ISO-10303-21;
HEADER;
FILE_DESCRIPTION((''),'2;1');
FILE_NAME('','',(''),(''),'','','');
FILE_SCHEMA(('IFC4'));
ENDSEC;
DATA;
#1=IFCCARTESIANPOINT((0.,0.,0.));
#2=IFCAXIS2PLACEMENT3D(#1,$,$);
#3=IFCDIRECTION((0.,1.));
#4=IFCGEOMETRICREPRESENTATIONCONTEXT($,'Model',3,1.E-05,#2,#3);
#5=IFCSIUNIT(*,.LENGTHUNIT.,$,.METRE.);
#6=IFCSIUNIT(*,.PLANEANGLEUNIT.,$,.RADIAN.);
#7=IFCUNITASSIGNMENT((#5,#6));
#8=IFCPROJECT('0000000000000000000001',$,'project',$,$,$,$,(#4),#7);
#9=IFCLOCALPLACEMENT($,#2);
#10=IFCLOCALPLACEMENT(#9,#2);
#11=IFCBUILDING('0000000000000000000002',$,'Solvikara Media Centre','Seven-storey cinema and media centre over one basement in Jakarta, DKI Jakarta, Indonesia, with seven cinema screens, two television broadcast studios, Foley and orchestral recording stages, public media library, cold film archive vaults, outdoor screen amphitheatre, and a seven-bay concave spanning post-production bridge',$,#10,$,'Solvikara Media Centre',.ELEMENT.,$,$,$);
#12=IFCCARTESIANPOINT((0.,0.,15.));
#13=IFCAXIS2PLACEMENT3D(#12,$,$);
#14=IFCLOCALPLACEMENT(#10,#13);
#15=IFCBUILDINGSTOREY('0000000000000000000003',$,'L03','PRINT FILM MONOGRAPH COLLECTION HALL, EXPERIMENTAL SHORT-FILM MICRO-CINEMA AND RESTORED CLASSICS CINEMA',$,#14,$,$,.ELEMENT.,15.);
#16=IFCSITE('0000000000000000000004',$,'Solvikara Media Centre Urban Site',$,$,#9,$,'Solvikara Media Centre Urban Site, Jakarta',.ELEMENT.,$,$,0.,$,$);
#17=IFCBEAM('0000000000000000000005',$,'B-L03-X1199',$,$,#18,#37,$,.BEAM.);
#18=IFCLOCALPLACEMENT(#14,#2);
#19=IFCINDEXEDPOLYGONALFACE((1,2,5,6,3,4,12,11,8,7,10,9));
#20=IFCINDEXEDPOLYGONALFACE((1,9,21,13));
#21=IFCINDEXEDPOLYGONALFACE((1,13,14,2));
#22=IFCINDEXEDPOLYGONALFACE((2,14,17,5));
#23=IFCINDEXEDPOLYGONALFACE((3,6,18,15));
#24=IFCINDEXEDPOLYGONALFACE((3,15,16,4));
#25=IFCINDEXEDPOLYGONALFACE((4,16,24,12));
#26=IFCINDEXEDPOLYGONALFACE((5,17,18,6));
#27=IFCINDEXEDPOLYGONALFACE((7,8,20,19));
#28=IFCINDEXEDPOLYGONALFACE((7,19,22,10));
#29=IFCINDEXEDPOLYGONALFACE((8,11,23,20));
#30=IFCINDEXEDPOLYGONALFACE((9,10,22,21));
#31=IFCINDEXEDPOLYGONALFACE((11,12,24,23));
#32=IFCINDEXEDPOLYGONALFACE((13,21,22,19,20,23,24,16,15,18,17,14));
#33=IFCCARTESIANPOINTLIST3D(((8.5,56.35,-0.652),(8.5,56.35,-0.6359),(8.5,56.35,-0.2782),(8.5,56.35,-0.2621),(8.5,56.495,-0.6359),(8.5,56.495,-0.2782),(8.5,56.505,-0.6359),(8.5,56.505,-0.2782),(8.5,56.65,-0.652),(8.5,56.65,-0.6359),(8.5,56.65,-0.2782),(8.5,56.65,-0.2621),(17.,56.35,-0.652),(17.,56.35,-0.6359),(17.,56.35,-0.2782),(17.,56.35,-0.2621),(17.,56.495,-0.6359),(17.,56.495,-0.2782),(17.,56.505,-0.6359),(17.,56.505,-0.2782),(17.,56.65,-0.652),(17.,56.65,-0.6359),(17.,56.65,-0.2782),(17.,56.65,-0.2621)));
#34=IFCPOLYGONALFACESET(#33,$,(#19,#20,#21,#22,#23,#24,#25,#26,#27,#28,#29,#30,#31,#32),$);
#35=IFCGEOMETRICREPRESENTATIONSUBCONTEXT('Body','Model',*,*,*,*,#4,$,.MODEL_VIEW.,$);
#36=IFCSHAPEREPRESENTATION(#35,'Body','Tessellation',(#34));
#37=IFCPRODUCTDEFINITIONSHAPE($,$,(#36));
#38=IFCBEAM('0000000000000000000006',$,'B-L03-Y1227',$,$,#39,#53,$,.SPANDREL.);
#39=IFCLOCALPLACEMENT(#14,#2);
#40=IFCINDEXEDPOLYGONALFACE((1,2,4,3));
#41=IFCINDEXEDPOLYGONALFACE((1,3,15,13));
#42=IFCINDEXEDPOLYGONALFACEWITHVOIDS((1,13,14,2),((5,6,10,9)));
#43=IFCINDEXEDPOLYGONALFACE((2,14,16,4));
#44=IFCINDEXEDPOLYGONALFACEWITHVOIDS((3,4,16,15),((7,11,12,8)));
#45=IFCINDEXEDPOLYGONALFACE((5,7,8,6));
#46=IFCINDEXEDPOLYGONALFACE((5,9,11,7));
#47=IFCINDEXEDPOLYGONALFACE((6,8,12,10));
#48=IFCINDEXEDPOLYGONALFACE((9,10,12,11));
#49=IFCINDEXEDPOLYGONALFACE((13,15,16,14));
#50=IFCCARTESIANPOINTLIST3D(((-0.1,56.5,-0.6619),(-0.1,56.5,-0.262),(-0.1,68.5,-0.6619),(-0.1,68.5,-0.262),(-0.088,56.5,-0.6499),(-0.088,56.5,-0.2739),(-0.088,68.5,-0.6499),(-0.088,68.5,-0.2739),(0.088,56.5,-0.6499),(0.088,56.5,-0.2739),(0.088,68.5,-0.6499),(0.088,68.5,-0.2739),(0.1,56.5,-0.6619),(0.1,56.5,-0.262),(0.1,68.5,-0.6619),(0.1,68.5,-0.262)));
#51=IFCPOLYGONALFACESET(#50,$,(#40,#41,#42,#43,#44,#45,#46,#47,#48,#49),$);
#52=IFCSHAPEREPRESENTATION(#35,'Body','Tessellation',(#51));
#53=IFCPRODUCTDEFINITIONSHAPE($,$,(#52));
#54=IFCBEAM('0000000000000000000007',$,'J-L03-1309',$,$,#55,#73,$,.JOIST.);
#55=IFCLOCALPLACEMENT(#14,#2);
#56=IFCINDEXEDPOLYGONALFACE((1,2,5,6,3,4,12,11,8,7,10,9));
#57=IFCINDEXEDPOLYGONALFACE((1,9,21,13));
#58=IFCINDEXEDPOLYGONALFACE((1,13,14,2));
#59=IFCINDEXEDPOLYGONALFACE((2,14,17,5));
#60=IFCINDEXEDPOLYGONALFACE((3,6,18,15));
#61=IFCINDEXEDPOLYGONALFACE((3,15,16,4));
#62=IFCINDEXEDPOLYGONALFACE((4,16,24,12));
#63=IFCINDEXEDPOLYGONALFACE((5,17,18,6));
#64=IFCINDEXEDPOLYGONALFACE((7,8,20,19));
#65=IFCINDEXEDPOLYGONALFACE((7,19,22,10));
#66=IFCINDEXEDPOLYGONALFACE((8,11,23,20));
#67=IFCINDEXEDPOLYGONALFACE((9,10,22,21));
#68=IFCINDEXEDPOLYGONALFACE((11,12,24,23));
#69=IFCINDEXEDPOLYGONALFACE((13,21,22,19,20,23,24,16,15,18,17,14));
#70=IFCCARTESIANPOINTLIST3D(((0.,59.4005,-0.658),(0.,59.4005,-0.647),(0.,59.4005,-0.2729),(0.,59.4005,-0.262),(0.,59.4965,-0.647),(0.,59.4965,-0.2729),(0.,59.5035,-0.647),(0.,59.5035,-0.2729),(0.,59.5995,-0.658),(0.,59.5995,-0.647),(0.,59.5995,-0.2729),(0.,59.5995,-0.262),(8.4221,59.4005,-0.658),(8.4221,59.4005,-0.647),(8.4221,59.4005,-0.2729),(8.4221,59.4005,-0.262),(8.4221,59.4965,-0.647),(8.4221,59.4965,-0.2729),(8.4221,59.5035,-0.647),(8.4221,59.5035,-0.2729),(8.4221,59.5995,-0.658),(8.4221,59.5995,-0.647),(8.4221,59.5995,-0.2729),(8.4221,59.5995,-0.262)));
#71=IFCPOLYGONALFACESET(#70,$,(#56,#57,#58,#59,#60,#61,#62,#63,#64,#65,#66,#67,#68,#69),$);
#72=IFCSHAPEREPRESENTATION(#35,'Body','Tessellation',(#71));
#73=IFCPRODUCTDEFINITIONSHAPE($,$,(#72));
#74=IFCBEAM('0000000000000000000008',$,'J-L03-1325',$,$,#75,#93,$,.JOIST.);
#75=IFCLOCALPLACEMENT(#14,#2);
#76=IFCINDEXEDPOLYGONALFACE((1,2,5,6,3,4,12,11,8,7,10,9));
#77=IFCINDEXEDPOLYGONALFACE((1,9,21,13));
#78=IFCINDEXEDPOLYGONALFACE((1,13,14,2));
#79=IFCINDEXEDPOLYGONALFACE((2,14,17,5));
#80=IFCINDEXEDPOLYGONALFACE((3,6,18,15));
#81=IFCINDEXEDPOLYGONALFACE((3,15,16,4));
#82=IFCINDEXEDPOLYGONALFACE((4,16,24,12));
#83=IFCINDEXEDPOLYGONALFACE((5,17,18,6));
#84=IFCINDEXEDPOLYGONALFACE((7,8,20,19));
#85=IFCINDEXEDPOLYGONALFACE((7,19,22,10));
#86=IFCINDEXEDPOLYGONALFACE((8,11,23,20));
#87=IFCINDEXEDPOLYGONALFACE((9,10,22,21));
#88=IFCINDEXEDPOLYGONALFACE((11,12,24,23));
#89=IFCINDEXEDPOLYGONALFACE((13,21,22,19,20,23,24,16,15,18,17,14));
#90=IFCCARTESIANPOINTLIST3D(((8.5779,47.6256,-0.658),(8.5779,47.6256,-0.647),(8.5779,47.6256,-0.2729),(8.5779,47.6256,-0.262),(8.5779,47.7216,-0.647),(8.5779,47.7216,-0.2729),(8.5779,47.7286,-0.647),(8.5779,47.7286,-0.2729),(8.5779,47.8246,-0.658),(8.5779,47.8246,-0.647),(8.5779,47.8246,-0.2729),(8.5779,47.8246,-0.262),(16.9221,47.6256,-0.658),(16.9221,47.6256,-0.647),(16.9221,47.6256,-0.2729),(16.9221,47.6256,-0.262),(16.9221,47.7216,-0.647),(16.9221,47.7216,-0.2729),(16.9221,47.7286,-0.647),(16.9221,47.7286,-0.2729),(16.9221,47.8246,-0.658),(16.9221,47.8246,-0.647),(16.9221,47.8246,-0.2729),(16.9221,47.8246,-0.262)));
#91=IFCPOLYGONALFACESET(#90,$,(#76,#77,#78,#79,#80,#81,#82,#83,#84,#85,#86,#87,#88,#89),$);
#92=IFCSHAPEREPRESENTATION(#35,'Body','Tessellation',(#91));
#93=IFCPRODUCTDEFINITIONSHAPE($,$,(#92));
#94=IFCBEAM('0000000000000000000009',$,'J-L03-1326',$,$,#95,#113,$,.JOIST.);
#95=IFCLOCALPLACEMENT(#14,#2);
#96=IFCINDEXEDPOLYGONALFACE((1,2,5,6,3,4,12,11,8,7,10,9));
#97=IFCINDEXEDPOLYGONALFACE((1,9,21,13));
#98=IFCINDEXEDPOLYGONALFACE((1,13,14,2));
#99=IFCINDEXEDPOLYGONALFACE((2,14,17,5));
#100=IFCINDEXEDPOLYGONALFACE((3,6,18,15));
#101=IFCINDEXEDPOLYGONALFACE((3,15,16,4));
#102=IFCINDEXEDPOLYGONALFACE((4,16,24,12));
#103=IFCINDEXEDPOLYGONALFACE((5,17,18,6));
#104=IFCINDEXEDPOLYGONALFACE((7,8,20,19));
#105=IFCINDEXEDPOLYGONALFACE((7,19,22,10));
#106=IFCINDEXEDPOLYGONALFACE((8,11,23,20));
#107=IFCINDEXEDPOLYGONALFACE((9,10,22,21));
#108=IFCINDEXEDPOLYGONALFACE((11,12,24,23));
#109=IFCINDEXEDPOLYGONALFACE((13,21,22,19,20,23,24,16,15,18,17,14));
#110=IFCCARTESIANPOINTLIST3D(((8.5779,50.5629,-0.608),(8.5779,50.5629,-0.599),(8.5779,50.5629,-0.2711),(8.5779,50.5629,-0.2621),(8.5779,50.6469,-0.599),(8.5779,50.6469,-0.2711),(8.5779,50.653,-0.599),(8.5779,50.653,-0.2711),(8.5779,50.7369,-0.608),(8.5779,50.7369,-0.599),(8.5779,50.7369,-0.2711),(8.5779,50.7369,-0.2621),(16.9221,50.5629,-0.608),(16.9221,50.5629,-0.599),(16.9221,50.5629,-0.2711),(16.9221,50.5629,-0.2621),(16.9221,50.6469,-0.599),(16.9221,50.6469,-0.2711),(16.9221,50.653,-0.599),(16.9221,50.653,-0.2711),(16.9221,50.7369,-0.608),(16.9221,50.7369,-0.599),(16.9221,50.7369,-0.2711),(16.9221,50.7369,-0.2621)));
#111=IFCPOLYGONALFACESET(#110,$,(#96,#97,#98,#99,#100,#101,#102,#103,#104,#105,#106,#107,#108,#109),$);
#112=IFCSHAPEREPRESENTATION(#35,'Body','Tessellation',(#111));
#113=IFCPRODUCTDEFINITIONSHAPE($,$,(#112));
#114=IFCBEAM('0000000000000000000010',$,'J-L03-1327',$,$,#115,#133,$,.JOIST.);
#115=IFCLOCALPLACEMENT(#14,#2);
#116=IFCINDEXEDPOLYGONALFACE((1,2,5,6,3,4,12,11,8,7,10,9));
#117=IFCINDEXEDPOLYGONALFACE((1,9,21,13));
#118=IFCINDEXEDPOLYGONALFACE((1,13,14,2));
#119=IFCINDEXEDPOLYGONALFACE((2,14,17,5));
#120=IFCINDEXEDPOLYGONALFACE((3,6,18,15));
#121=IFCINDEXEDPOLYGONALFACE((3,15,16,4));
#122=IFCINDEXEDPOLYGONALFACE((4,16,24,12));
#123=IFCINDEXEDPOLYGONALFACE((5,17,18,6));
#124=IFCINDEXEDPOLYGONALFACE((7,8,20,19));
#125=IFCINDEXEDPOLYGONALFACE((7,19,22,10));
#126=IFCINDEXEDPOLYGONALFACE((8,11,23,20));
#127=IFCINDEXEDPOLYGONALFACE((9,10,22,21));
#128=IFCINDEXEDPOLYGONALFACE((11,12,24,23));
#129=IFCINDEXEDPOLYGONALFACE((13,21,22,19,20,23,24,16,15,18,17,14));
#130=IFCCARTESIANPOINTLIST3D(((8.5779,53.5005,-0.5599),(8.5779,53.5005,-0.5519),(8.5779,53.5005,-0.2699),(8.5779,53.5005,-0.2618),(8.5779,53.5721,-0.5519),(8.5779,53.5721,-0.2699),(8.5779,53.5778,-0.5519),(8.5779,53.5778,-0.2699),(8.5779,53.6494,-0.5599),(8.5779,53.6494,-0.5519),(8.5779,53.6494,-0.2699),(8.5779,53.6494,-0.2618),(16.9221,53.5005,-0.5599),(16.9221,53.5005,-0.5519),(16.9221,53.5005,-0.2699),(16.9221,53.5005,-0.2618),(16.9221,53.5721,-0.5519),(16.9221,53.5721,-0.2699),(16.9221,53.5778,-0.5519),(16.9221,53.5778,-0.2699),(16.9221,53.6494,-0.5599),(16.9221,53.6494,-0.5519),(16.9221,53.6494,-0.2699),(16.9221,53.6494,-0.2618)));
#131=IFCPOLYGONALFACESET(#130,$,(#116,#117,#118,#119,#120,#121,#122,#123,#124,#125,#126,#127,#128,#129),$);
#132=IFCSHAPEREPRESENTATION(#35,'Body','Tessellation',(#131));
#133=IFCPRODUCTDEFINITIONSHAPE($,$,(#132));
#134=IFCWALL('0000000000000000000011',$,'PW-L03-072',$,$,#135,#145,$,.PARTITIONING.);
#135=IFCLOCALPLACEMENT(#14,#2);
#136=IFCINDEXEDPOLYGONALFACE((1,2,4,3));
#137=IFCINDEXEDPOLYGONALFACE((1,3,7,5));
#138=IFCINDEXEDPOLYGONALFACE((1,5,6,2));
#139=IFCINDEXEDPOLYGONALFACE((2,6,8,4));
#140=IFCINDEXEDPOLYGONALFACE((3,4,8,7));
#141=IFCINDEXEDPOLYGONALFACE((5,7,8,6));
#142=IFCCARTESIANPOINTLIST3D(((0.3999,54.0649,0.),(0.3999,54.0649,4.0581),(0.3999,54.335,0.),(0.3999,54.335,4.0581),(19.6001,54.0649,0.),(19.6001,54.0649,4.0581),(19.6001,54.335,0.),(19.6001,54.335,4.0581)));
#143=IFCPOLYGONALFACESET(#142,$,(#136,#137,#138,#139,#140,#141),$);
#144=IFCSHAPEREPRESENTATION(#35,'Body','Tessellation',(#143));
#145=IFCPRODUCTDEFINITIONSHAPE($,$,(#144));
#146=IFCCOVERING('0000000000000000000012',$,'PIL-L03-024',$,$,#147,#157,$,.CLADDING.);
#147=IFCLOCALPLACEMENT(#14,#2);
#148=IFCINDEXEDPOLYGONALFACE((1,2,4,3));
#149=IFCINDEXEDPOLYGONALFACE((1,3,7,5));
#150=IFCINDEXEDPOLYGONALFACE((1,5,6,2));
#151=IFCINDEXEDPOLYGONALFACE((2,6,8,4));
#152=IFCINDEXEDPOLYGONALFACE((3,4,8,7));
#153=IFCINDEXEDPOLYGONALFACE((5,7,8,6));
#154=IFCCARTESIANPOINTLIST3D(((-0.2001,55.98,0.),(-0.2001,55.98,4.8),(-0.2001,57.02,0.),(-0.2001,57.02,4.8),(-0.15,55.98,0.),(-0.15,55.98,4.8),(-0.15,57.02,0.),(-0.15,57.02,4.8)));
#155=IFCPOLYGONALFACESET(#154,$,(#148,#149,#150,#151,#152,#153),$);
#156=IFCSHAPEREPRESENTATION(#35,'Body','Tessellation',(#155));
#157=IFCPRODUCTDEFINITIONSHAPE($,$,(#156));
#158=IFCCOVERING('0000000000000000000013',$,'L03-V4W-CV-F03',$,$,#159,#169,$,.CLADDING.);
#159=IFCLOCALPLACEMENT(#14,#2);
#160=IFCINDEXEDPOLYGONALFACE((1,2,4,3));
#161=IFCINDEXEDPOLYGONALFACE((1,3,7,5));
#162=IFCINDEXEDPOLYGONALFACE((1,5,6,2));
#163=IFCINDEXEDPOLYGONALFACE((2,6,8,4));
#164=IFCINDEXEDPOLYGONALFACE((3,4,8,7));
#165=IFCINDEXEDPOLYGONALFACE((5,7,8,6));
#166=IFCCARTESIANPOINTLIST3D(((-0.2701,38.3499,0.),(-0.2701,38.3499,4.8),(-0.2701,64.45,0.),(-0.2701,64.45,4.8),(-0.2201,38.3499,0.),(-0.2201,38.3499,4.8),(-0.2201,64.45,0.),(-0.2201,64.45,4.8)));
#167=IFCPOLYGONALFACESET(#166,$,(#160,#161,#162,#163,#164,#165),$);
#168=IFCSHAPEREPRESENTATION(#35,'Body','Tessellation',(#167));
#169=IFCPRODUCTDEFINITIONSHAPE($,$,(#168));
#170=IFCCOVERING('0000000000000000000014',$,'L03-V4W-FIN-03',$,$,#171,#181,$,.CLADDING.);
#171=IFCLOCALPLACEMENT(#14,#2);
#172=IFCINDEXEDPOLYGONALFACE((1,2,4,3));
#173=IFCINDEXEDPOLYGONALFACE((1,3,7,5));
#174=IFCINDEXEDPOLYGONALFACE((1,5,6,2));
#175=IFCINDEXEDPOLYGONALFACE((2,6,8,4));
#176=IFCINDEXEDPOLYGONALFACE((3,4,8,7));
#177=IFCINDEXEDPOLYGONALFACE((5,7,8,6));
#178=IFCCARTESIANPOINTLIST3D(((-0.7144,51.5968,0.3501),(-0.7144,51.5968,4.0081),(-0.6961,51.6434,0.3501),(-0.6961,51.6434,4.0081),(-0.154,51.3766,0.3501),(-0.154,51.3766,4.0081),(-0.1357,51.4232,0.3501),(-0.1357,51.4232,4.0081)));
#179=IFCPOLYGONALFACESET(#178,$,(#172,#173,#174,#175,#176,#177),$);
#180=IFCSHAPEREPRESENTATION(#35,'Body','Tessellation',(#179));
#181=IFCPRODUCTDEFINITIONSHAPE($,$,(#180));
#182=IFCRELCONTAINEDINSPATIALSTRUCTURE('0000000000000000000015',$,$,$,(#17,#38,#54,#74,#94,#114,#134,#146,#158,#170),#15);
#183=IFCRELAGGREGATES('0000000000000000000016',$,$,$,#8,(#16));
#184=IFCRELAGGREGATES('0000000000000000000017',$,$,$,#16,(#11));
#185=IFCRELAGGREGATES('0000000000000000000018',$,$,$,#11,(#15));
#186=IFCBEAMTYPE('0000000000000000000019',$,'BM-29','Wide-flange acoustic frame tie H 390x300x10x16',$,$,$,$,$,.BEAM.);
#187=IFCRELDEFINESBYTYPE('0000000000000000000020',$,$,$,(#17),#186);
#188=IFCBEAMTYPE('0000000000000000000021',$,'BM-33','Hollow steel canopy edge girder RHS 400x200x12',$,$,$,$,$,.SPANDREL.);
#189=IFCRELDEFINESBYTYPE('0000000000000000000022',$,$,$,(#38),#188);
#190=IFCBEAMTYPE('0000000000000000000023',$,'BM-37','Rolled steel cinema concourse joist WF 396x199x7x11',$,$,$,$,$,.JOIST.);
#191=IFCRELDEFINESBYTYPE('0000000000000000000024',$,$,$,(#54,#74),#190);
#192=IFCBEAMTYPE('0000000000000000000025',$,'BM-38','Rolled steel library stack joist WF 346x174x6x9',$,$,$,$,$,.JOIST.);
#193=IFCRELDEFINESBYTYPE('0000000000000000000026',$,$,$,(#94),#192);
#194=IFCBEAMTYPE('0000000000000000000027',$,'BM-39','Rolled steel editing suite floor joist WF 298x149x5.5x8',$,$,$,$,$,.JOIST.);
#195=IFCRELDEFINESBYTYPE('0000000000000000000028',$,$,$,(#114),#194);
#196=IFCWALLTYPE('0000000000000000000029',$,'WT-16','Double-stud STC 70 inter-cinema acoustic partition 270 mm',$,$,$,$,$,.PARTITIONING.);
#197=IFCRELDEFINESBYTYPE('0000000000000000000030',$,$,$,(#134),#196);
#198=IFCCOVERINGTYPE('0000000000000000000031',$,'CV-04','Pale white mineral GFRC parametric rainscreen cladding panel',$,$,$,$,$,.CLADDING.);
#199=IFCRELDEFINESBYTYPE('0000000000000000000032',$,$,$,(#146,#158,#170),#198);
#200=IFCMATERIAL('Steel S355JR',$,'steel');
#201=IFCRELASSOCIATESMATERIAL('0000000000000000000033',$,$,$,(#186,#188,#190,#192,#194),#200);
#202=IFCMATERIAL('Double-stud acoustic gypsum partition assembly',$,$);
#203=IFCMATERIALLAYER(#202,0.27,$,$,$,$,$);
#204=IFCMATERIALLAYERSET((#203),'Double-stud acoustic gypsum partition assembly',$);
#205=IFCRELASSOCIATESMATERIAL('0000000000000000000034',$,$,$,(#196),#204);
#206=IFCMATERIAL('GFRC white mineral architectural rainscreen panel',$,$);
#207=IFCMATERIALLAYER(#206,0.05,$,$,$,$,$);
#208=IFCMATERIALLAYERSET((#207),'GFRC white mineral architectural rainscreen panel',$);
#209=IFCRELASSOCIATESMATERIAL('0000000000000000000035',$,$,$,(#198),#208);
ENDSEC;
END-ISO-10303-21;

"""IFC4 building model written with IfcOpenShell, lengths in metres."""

from ifc_helpers import new_model, si_unit, direction, frame, frame_2d, origin, origin_2d, place, context, subcontext, project, spatial, rectangle, hollow_rectangle, i_section, extrude, material, layer, layer_set, material_profile, profile_set, type_object, element, save


model = new_model("IFC4")

# Units and contexts
model_context = context("Model", 3, precision=1e-05, world=origin(), true_north=direction((0.0, 1.0)))
body_context = subcontext(model_context, "Body", "Model", "MODEL_VIEW")
ifc_project = project(units=[si_unit("LENGTHUNIT", "METRE"), si_unit("PLANEANGLEUNIT", "RADIAN")], contexts=[model_context])

# Site, building, storey
site_placement = place(None, origin())
site = spatial("IfcSite", under=ifc_project, at=site_placement, Name="Solvikara Media Centre Urban Site", LongName="Solvikara Media Centre Urban Site, Jakarta", CompositionType="ELEMENT", RefElevation=0.0)
building_placement = place(site_placement, origin())
building = spatial("IfcBuilding", under=site, at=building_placement, Name="Solvikara Media Centre", Description="Seven-storey cinema and media centre over one basement in Jakarta, DKI Jakarta, Indonesia, with seven cinema screens, two television broadcast studios, Foley and orchestral recording stages, public media library, cold film archive vaults, outdoor screen amphitheatre, and a seven-bay concave spanning post-production bridge", LongName="Solvikara Media Centre", CompositionType="ELEMENT")
storey_placement = place(building_placement, frame((0.0, 0.0, 15.0)))
storey = spatial("IfcBuildingStorey", under=building, at=storey_placement, Name="L03", Description="PRINT FILM MONOGRAPH COLLECTION HALL, EXPERIMENTAL SHORT-FILM MICRO-CINEMA AND RESTORED CLASSICS CINEMA", CompositionType="ELEMENT", Elevation=15.0)

# Shared definitions
ifc_material_1 = material(Name="Steel S355JR", Category="steel")

# Beams
ifc_material_profile_1 = material_profile(ifc_material_1, i_section(OverallWidth=0.3, OverallDepth=0.3899, WebThickness=0.01, FlangeThickness=0.0161, at=origin_2d()), Name="H 390x300x10x16")
ifc_profile_set_1 = profile_set([ifc_material_profile_1], Name="Steel S355JR")
beam_type_1 = type_object("IfcBeamType", Name="BM-29", Description="Wide-flange acoustic frame tie H 390x300x10x16", PredefinedType="BEAM", material=ifc_profile_set_1)
beam_1_placement = place(storey_placement, frame((8.5, 56.5, -0.457), z_axis=(1.0, 0.0, 0.0), x_axis=(0.0, 1.0, 0.0)))
element("IfcBeam", 1, at=beam_1_placement, inside=storey, type_object=beam_type_1, Name="B-L03-X1199", PredefinedType="BEAM", context=body_context, shape_type="SweptSolid", body=[
    extrude(i_section(OverallWidth=0.3, OverallDepth=0.3899, WebThickness=0.01, FlangeThickness=0.0161, at=origin_2d()), origin(), (0.0, 0.0, 1.0), 8.5),
])
ifc_material_profile_2 = material_profile(ifc_material_1, hollow_rectangle(XDim=0.2, YDim=0.3999, WallThickness=0.012, at=origin_2d()), Name="RHS 400x200x12")
ifc_profile_set_2 = profile_set([ifc_material_profile_2], Name="Steel S355JR")
beam_type_2 = type_object("IfcBeamType", Name="BM-33", Description="Hollow steel canopy edge girder RHS 400x200x12", PredefinedType="SPANDREL", material=ifc_profile_set_2)
beam_2_placement = place(storey_placement, frame((0.0, 56.5, -0.4619), z_axis=(0.0, 1.0, 0.0), x_axis=(-1.0, 0.0, 0.0)))
element("IfcBeam", 2, at=beam_2_placement, inside=storey, type_object=beam_type_2, Name="B-L03-Y1227", PredefinedType="SPANDREL", context=body_context, shape_type="SweptSolid", body=[
    extrude(hollow_rectangle(XDim=0.2, YDim=0.3999, WallThickness=0.012, at=origin_2d()), origin(), (0.0, 0.0, 1.0), 12.0),
])
ifc_material_profile_3 = material_profile(ifc_material_1, i_section(OverallWidth=0.199, OverallDepth=0.396, WebThickness=0.0071, FlangeThickness=0.011, at=origin_2d()), Name="WF 396x199x7x11")
ifc_profile_set_3 = profile_set([ifc_material_profile_3], Name="Steel S355JR")
beam_type_3 = type_object("IfcBeamType", Name="BM-37", Description="Rolled steel cinema concourse joist WF 396x199x7x11", PredefinedType="JOIST", material=ifc_profile_set_3)
beam_3_placement = place(storey_placement, frame((0.0, 59.5, -0.46), z_axis=(1.0, 0.0, 0.0), x_axis=(0.0, 1.0, 0.0)))
element("IfcBeam", 3, at=beam_3_placement, inside=storey, type_object=beam_type_3, Name="J-L03-1309", PredefinedType="JOIST", context=body_context, shape_type="SweptSolid", body=[
    extrude(i_section(OverallWidth=0.199, OverallDepth=0.396, WebThickness=0.0071, FlangeThickness=0.011, at=origin_2d()), origin(), (0.0, 0.0, 1.0), 8.4221),
])
beam_4_placement = place(storey_placement, frame((8.5779, 47.7251, -0.46), z_axis=(1.0, 0.0, 0.0), x_axis=(0.0, 1.0, 0.0)))
element("IfcBeam", 4, at=beam_4_placement, inside=storey, type_object=beam_type_3, Name="J-L03-1325", PredefinedType="JOIST", context=body_context, shape_type="SweptSolid", body=[
    extrude(i_section(OverallWidth=0.199, OverallDepth=0.396, WebThickness=0.0071, FlangeThickness=0.011, at=origin_2d()), origin(), (0.0, 0.0, 1.0), 8.3442),
])
ifc_material_profile_4 = material_profile(ifc_material_1, i_section(OverallWidth=0.1741, OverallDepth=0.3459, WebThickness=0.0061, FlangeThickness=0.009, at=origin_2d()), Name="WF 346x174x6x9")
ifc_profile_set_4 = profile_set([ifc_material_profile_4], Name="Steel S355JR")
beam_type_4 = type_object("IfcBeamType", Name="BM-38", Description="Rolled steel library stack joist WF 346x174x6x9", PredefinedType="JOIST", material=ifc_profile_set_4)
beam_5_placement = place(storey_placement, frame((8.5779, 50.6499, -0.4351), z_axis=(1.0, 0.0, 0.0), x_axis=(0.0, 1.0, 0.0)))
element("IfcBeam", 5, at=beam_5_placement, inside=storey, type_object=beam_type_4, Name="J-L03-1326", PredefinedType="JOIST", context=body_context, shape_type="SweptSolid", body=[
    extrude(i_section(OverallWidth=0.1741, OverallDepth=0.3459, WebThickness=0.0061, FlangeThickness=0.009, at=origin_2d()), origin(), (0.0, 0.0, 1.0), 8.3442),
])
ifc_material_profile_5 = material_profile(ifc_material_1, i_section(OverallWidth=0.1489, OverallDepth=0.2981, WebThickness=0.0056, FlangeThickness=0.0081, at=origin_2d()), Name="WF 298x149x5.5x8")
ifc_profile_set_5 = profile_set([ifc_material_profile_5], Name="Steel S355JR")
beam_type_5 = type_object("IfcBeamType", Name="BM-39", Description="Rolled steel editing suite floor joist WF 298x149x5.5x8", PredefinedType="JOIST", material=ifc_profile_set_5)
beam_6_placement = place(storey_placement, frame((8.5779, 53.575, -0.4109), z_axis=(1.0, 0.0, 0.0), x_axis=(0.0, 1.0, 0.0)))
element("IfcBeam", 6, at=beam_6_placement, inside=storey, type_object=beam_type_5, Name="J-L03-1327", PredefinedType="JOIST", context=body_context, shape_type="SweptSolid", body=[
    extrude(i_section(OverallWidth=0.1489, OverallDepth=0.2981, WebThickness=0.0056, FlangeThickness=0.0081, at=origin_2d()), origin(), (0.0, 0.0, 1.0), 8.3442),
])

# Wall
ifc_material_2 = material(Name="Double-stud acoustic gypsum partition assembly")
ifc_layer_1 = layer(ifc_material_2, 0.27)
ifc_layer_set_1 = layer_set([ifc_layer_1], Name="Double-stud acoustic gypsum partition assembly")
wall_type = type_object("IfcWallType", Name="WT-16", Description="Double-stud STC 70 inter-cinema acoustic partition 270 mm", PredefinedType="PARTITIONING", material=ifc_layer_set_1)
wall_placement = place(storey_placement, frame((0.3999, 54.2, 0.0), z_axis=(0.0, 0.0, 1.0), x_axis=(1.0, 0.0, 0.0)))
element("IfcWall", 7, at=wall_placement, inside=storey, type_object=wall_type, Name="PW-L03-072", PredefinedType="PARTITIONING", context=body_context, shape_type="SweptSolid", body=[
    extrude(rectangle(XDim=19.2002, YDim=0.27, at=frame_2d((9.6001, 0.0))), origin(), (0.0, 0.0, 1.0), 4.0581),
])

# Coverings
ifc_material_3 = material(Name="GFRC white mineral architectural rainscreen panel")
ifc_layer_2 = layer(ifc_material_3, 0.05)
ifc_layer_set_2 = layer_set([ifc_layer_2], Name="GFRC white mineral architectural rainscreen panel")
covering_type = type_object("IfcCoveringType", Name="CV-04", Description="Pale white mineral GFRC parametric rainscreen cladding panel", PredefinedType="CLADDING", material=ifc_layer_set_2)
covering_1_placement = place(storey_placement, frame((-0.175, 56.5, 0.0), z_axis=(0.0, 0.0, 1.0), x_axis=(0.0, -1.0, 0.0)))
element("IfcCovering", 8, at=covering_1_placement, inside=storey, type_object=covering_type, Name="PIL-L03-024", PredefinedType="CLADDING", context=body_context, shape_type="SweptSolid", body=[
    extrude(rectangle(XDim=1.04, YDim=0.05, at=origin_2d()), origin(), (0.0, 0.0, 1.0), 4.8),
])
covering_2_placement = place(storey_placement, frame((-0.2451, 51.3999, 0.0), z_axis=(0.0, 0.0, 1.0), x_axis=(0.0, 1.0, 0.0)))
element("IfcCovering", 9, at=covering_2_placement, inside=storey, type_object=covering_type, Name="L03-V4W-CV-F03", PredefinedType="CLADDING", context=body_context, shape_type="SweptSolid", body=[
    extrude(rectangle(XDim=26.1001, YDim=0.05, at=origin_2d()), origin(), (0.0, 0.0, 1.0), 4.8),
])
covering_3_placement = place(storey_placement, frame((-0.425, 51.51, 0.3501), z_axis=(0.0, 0.0, 1.0), x_axis=(-0.93075, 0.365657, 0.0)))
element("IfcCovering", 10, at=covering_3_placement, inside=storey, type_object=covering_type, Name="L03-V4W-FIN-03", PredefinedType="CLADDING", context=body_context, shape_type="SweptSolid", body=[
    extrude(rectangle(XDim=0.6021, YDim=0.05, at=origin_2d()), origin(), (0.0, 0.0, 1.0), 3.658),
])

save(model, "model.ifc")
